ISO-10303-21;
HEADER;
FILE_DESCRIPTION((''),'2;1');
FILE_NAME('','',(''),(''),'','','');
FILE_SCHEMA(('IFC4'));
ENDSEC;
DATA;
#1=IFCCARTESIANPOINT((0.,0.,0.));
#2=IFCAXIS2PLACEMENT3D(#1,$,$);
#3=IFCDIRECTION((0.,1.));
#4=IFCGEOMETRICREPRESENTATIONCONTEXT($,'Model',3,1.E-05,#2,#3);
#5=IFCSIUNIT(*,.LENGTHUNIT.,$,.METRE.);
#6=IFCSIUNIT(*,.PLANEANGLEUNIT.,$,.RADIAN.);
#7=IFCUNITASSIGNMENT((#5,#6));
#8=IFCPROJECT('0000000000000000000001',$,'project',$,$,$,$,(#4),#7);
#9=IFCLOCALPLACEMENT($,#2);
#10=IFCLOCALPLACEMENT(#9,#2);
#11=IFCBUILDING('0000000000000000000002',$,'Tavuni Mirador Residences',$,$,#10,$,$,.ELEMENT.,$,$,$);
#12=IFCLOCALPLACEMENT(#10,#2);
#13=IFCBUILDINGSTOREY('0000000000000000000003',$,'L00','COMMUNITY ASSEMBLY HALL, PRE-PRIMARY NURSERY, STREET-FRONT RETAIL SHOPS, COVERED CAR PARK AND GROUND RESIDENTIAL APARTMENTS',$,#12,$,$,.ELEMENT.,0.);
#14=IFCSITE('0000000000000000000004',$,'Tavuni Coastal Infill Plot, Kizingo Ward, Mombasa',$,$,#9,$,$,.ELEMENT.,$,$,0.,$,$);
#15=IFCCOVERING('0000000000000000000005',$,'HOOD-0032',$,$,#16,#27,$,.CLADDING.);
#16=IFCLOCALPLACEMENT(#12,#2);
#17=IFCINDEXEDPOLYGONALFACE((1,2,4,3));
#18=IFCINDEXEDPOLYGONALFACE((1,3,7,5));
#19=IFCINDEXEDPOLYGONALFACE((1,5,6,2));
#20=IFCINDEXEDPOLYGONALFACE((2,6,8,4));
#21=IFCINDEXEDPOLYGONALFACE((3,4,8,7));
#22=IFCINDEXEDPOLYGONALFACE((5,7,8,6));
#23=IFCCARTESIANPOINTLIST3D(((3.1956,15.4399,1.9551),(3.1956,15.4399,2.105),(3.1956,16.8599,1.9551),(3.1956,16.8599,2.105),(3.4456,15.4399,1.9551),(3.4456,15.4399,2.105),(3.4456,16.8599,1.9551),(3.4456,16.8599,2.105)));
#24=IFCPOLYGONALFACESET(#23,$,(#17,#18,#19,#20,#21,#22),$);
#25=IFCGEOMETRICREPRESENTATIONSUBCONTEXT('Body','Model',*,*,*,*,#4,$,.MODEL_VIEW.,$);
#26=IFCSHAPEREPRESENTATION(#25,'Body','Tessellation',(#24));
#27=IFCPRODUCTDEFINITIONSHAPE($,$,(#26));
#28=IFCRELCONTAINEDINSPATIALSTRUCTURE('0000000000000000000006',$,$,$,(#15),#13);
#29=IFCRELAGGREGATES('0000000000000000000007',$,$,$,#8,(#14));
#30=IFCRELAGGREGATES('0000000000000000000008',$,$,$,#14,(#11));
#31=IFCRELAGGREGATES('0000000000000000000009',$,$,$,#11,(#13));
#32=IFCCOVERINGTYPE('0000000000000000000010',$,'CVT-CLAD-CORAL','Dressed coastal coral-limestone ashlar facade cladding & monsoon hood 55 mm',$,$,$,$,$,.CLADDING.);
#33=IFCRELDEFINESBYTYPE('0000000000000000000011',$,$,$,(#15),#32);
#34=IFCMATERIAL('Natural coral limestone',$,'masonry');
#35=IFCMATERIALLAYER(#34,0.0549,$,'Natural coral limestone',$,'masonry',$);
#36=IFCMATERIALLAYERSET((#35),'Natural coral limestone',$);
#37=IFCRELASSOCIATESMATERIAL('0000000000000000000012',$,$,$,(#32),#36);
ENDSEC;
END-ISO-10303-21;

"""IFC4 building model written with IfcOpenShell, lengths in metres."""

from ifc_helpers import new_model, si_unit, direction, frame, origin, origin_2d, place, context, subcontext, project, spatial, rectangle, extrude, material, layer, layer_set, type_object, element, save


model = new_model("IFC4")

# Units and contexts
model_context = context("Model", 3, precision=1e-05, world=origin(), true_north=direction((0.0, 1.0)))
body_context = subcontext(model_context, "Body", "Model", "MODEL_VIEW")
ifc_project = project(units=[si_unit("LENGTHUNIT", "METRE"), si_unit("PLANEANGLEUNIT", "RADIAN")], contexts=[model_context])

# Site, building, storey
site_placement = place(None, origin())
site = spatial("IfcSite", under=ifc_project, at=site_placement, Name="Tavuni Coastal Infill Plot, Kizingo Ward, Mombasa", CompositionType="ELEMENT", RefElevation=0.0)
building_placement = place(site_placement, origin())
building = spatial("IfcBuilding", under=site, at=building_placement, Name="Tavuni Mirador Residences", CompositionType="ELEMENT")
storey_placement = place(building_placement, origin())
storey = spatial("IfcBuildingStorey", under=building, at=storey_placement, Name="L00", Description="COMMUNITY ASSEMBLY HALL, PRE-PRIMARY NURSERY, STREET-FRONT RETAIL SHOPS, COVERED CAR PARK AND GROUND RESIDENTIAL APARTMENTS", CompositionType="ELEMENT", Elevation=0.0)

# Covering
ifc_material_1 = material(Name="Natural coral limestone", Category="masonry")
ifc_layer_1 = layer(ifc_material_1, 0.0549, Name="Natural coral limestone", Category="masonry")
ifc_layer_set_1 = layer_set([ifc_layer_1], Name="Natural coral limestone")
covering_type = type_object("IfcCoveringType", Name="CVT-CLAD-CORAL", Description="Dressed coastal coral-limestone ashlar facade cladding & monsoon hood 55 mm", PredefinedType="CLADDING", material=ifc_layer_set_1)
covering_1_placement = place(storey_placement, frame((3.3206, 16.1499, 1.9551), z_axis=(0.0, 0.0, 1.0), x_axis=(0.0, -1.0, 0.0)))
element("IfcCovering", 1, at=covering_1_placement, inside=storey, type_object=covering_type, Name="HOOD-0032", PredefinedType="CLADDING", context=body_context, shape_type="SweptSolid", body=[
    extrude(rectangle(XDim=1.4199, YDim=0.25, at=origin_2d()), origin(), (0.0, 0.0, 1.0), 0.1499),
])

save(model, "model.ifc")
